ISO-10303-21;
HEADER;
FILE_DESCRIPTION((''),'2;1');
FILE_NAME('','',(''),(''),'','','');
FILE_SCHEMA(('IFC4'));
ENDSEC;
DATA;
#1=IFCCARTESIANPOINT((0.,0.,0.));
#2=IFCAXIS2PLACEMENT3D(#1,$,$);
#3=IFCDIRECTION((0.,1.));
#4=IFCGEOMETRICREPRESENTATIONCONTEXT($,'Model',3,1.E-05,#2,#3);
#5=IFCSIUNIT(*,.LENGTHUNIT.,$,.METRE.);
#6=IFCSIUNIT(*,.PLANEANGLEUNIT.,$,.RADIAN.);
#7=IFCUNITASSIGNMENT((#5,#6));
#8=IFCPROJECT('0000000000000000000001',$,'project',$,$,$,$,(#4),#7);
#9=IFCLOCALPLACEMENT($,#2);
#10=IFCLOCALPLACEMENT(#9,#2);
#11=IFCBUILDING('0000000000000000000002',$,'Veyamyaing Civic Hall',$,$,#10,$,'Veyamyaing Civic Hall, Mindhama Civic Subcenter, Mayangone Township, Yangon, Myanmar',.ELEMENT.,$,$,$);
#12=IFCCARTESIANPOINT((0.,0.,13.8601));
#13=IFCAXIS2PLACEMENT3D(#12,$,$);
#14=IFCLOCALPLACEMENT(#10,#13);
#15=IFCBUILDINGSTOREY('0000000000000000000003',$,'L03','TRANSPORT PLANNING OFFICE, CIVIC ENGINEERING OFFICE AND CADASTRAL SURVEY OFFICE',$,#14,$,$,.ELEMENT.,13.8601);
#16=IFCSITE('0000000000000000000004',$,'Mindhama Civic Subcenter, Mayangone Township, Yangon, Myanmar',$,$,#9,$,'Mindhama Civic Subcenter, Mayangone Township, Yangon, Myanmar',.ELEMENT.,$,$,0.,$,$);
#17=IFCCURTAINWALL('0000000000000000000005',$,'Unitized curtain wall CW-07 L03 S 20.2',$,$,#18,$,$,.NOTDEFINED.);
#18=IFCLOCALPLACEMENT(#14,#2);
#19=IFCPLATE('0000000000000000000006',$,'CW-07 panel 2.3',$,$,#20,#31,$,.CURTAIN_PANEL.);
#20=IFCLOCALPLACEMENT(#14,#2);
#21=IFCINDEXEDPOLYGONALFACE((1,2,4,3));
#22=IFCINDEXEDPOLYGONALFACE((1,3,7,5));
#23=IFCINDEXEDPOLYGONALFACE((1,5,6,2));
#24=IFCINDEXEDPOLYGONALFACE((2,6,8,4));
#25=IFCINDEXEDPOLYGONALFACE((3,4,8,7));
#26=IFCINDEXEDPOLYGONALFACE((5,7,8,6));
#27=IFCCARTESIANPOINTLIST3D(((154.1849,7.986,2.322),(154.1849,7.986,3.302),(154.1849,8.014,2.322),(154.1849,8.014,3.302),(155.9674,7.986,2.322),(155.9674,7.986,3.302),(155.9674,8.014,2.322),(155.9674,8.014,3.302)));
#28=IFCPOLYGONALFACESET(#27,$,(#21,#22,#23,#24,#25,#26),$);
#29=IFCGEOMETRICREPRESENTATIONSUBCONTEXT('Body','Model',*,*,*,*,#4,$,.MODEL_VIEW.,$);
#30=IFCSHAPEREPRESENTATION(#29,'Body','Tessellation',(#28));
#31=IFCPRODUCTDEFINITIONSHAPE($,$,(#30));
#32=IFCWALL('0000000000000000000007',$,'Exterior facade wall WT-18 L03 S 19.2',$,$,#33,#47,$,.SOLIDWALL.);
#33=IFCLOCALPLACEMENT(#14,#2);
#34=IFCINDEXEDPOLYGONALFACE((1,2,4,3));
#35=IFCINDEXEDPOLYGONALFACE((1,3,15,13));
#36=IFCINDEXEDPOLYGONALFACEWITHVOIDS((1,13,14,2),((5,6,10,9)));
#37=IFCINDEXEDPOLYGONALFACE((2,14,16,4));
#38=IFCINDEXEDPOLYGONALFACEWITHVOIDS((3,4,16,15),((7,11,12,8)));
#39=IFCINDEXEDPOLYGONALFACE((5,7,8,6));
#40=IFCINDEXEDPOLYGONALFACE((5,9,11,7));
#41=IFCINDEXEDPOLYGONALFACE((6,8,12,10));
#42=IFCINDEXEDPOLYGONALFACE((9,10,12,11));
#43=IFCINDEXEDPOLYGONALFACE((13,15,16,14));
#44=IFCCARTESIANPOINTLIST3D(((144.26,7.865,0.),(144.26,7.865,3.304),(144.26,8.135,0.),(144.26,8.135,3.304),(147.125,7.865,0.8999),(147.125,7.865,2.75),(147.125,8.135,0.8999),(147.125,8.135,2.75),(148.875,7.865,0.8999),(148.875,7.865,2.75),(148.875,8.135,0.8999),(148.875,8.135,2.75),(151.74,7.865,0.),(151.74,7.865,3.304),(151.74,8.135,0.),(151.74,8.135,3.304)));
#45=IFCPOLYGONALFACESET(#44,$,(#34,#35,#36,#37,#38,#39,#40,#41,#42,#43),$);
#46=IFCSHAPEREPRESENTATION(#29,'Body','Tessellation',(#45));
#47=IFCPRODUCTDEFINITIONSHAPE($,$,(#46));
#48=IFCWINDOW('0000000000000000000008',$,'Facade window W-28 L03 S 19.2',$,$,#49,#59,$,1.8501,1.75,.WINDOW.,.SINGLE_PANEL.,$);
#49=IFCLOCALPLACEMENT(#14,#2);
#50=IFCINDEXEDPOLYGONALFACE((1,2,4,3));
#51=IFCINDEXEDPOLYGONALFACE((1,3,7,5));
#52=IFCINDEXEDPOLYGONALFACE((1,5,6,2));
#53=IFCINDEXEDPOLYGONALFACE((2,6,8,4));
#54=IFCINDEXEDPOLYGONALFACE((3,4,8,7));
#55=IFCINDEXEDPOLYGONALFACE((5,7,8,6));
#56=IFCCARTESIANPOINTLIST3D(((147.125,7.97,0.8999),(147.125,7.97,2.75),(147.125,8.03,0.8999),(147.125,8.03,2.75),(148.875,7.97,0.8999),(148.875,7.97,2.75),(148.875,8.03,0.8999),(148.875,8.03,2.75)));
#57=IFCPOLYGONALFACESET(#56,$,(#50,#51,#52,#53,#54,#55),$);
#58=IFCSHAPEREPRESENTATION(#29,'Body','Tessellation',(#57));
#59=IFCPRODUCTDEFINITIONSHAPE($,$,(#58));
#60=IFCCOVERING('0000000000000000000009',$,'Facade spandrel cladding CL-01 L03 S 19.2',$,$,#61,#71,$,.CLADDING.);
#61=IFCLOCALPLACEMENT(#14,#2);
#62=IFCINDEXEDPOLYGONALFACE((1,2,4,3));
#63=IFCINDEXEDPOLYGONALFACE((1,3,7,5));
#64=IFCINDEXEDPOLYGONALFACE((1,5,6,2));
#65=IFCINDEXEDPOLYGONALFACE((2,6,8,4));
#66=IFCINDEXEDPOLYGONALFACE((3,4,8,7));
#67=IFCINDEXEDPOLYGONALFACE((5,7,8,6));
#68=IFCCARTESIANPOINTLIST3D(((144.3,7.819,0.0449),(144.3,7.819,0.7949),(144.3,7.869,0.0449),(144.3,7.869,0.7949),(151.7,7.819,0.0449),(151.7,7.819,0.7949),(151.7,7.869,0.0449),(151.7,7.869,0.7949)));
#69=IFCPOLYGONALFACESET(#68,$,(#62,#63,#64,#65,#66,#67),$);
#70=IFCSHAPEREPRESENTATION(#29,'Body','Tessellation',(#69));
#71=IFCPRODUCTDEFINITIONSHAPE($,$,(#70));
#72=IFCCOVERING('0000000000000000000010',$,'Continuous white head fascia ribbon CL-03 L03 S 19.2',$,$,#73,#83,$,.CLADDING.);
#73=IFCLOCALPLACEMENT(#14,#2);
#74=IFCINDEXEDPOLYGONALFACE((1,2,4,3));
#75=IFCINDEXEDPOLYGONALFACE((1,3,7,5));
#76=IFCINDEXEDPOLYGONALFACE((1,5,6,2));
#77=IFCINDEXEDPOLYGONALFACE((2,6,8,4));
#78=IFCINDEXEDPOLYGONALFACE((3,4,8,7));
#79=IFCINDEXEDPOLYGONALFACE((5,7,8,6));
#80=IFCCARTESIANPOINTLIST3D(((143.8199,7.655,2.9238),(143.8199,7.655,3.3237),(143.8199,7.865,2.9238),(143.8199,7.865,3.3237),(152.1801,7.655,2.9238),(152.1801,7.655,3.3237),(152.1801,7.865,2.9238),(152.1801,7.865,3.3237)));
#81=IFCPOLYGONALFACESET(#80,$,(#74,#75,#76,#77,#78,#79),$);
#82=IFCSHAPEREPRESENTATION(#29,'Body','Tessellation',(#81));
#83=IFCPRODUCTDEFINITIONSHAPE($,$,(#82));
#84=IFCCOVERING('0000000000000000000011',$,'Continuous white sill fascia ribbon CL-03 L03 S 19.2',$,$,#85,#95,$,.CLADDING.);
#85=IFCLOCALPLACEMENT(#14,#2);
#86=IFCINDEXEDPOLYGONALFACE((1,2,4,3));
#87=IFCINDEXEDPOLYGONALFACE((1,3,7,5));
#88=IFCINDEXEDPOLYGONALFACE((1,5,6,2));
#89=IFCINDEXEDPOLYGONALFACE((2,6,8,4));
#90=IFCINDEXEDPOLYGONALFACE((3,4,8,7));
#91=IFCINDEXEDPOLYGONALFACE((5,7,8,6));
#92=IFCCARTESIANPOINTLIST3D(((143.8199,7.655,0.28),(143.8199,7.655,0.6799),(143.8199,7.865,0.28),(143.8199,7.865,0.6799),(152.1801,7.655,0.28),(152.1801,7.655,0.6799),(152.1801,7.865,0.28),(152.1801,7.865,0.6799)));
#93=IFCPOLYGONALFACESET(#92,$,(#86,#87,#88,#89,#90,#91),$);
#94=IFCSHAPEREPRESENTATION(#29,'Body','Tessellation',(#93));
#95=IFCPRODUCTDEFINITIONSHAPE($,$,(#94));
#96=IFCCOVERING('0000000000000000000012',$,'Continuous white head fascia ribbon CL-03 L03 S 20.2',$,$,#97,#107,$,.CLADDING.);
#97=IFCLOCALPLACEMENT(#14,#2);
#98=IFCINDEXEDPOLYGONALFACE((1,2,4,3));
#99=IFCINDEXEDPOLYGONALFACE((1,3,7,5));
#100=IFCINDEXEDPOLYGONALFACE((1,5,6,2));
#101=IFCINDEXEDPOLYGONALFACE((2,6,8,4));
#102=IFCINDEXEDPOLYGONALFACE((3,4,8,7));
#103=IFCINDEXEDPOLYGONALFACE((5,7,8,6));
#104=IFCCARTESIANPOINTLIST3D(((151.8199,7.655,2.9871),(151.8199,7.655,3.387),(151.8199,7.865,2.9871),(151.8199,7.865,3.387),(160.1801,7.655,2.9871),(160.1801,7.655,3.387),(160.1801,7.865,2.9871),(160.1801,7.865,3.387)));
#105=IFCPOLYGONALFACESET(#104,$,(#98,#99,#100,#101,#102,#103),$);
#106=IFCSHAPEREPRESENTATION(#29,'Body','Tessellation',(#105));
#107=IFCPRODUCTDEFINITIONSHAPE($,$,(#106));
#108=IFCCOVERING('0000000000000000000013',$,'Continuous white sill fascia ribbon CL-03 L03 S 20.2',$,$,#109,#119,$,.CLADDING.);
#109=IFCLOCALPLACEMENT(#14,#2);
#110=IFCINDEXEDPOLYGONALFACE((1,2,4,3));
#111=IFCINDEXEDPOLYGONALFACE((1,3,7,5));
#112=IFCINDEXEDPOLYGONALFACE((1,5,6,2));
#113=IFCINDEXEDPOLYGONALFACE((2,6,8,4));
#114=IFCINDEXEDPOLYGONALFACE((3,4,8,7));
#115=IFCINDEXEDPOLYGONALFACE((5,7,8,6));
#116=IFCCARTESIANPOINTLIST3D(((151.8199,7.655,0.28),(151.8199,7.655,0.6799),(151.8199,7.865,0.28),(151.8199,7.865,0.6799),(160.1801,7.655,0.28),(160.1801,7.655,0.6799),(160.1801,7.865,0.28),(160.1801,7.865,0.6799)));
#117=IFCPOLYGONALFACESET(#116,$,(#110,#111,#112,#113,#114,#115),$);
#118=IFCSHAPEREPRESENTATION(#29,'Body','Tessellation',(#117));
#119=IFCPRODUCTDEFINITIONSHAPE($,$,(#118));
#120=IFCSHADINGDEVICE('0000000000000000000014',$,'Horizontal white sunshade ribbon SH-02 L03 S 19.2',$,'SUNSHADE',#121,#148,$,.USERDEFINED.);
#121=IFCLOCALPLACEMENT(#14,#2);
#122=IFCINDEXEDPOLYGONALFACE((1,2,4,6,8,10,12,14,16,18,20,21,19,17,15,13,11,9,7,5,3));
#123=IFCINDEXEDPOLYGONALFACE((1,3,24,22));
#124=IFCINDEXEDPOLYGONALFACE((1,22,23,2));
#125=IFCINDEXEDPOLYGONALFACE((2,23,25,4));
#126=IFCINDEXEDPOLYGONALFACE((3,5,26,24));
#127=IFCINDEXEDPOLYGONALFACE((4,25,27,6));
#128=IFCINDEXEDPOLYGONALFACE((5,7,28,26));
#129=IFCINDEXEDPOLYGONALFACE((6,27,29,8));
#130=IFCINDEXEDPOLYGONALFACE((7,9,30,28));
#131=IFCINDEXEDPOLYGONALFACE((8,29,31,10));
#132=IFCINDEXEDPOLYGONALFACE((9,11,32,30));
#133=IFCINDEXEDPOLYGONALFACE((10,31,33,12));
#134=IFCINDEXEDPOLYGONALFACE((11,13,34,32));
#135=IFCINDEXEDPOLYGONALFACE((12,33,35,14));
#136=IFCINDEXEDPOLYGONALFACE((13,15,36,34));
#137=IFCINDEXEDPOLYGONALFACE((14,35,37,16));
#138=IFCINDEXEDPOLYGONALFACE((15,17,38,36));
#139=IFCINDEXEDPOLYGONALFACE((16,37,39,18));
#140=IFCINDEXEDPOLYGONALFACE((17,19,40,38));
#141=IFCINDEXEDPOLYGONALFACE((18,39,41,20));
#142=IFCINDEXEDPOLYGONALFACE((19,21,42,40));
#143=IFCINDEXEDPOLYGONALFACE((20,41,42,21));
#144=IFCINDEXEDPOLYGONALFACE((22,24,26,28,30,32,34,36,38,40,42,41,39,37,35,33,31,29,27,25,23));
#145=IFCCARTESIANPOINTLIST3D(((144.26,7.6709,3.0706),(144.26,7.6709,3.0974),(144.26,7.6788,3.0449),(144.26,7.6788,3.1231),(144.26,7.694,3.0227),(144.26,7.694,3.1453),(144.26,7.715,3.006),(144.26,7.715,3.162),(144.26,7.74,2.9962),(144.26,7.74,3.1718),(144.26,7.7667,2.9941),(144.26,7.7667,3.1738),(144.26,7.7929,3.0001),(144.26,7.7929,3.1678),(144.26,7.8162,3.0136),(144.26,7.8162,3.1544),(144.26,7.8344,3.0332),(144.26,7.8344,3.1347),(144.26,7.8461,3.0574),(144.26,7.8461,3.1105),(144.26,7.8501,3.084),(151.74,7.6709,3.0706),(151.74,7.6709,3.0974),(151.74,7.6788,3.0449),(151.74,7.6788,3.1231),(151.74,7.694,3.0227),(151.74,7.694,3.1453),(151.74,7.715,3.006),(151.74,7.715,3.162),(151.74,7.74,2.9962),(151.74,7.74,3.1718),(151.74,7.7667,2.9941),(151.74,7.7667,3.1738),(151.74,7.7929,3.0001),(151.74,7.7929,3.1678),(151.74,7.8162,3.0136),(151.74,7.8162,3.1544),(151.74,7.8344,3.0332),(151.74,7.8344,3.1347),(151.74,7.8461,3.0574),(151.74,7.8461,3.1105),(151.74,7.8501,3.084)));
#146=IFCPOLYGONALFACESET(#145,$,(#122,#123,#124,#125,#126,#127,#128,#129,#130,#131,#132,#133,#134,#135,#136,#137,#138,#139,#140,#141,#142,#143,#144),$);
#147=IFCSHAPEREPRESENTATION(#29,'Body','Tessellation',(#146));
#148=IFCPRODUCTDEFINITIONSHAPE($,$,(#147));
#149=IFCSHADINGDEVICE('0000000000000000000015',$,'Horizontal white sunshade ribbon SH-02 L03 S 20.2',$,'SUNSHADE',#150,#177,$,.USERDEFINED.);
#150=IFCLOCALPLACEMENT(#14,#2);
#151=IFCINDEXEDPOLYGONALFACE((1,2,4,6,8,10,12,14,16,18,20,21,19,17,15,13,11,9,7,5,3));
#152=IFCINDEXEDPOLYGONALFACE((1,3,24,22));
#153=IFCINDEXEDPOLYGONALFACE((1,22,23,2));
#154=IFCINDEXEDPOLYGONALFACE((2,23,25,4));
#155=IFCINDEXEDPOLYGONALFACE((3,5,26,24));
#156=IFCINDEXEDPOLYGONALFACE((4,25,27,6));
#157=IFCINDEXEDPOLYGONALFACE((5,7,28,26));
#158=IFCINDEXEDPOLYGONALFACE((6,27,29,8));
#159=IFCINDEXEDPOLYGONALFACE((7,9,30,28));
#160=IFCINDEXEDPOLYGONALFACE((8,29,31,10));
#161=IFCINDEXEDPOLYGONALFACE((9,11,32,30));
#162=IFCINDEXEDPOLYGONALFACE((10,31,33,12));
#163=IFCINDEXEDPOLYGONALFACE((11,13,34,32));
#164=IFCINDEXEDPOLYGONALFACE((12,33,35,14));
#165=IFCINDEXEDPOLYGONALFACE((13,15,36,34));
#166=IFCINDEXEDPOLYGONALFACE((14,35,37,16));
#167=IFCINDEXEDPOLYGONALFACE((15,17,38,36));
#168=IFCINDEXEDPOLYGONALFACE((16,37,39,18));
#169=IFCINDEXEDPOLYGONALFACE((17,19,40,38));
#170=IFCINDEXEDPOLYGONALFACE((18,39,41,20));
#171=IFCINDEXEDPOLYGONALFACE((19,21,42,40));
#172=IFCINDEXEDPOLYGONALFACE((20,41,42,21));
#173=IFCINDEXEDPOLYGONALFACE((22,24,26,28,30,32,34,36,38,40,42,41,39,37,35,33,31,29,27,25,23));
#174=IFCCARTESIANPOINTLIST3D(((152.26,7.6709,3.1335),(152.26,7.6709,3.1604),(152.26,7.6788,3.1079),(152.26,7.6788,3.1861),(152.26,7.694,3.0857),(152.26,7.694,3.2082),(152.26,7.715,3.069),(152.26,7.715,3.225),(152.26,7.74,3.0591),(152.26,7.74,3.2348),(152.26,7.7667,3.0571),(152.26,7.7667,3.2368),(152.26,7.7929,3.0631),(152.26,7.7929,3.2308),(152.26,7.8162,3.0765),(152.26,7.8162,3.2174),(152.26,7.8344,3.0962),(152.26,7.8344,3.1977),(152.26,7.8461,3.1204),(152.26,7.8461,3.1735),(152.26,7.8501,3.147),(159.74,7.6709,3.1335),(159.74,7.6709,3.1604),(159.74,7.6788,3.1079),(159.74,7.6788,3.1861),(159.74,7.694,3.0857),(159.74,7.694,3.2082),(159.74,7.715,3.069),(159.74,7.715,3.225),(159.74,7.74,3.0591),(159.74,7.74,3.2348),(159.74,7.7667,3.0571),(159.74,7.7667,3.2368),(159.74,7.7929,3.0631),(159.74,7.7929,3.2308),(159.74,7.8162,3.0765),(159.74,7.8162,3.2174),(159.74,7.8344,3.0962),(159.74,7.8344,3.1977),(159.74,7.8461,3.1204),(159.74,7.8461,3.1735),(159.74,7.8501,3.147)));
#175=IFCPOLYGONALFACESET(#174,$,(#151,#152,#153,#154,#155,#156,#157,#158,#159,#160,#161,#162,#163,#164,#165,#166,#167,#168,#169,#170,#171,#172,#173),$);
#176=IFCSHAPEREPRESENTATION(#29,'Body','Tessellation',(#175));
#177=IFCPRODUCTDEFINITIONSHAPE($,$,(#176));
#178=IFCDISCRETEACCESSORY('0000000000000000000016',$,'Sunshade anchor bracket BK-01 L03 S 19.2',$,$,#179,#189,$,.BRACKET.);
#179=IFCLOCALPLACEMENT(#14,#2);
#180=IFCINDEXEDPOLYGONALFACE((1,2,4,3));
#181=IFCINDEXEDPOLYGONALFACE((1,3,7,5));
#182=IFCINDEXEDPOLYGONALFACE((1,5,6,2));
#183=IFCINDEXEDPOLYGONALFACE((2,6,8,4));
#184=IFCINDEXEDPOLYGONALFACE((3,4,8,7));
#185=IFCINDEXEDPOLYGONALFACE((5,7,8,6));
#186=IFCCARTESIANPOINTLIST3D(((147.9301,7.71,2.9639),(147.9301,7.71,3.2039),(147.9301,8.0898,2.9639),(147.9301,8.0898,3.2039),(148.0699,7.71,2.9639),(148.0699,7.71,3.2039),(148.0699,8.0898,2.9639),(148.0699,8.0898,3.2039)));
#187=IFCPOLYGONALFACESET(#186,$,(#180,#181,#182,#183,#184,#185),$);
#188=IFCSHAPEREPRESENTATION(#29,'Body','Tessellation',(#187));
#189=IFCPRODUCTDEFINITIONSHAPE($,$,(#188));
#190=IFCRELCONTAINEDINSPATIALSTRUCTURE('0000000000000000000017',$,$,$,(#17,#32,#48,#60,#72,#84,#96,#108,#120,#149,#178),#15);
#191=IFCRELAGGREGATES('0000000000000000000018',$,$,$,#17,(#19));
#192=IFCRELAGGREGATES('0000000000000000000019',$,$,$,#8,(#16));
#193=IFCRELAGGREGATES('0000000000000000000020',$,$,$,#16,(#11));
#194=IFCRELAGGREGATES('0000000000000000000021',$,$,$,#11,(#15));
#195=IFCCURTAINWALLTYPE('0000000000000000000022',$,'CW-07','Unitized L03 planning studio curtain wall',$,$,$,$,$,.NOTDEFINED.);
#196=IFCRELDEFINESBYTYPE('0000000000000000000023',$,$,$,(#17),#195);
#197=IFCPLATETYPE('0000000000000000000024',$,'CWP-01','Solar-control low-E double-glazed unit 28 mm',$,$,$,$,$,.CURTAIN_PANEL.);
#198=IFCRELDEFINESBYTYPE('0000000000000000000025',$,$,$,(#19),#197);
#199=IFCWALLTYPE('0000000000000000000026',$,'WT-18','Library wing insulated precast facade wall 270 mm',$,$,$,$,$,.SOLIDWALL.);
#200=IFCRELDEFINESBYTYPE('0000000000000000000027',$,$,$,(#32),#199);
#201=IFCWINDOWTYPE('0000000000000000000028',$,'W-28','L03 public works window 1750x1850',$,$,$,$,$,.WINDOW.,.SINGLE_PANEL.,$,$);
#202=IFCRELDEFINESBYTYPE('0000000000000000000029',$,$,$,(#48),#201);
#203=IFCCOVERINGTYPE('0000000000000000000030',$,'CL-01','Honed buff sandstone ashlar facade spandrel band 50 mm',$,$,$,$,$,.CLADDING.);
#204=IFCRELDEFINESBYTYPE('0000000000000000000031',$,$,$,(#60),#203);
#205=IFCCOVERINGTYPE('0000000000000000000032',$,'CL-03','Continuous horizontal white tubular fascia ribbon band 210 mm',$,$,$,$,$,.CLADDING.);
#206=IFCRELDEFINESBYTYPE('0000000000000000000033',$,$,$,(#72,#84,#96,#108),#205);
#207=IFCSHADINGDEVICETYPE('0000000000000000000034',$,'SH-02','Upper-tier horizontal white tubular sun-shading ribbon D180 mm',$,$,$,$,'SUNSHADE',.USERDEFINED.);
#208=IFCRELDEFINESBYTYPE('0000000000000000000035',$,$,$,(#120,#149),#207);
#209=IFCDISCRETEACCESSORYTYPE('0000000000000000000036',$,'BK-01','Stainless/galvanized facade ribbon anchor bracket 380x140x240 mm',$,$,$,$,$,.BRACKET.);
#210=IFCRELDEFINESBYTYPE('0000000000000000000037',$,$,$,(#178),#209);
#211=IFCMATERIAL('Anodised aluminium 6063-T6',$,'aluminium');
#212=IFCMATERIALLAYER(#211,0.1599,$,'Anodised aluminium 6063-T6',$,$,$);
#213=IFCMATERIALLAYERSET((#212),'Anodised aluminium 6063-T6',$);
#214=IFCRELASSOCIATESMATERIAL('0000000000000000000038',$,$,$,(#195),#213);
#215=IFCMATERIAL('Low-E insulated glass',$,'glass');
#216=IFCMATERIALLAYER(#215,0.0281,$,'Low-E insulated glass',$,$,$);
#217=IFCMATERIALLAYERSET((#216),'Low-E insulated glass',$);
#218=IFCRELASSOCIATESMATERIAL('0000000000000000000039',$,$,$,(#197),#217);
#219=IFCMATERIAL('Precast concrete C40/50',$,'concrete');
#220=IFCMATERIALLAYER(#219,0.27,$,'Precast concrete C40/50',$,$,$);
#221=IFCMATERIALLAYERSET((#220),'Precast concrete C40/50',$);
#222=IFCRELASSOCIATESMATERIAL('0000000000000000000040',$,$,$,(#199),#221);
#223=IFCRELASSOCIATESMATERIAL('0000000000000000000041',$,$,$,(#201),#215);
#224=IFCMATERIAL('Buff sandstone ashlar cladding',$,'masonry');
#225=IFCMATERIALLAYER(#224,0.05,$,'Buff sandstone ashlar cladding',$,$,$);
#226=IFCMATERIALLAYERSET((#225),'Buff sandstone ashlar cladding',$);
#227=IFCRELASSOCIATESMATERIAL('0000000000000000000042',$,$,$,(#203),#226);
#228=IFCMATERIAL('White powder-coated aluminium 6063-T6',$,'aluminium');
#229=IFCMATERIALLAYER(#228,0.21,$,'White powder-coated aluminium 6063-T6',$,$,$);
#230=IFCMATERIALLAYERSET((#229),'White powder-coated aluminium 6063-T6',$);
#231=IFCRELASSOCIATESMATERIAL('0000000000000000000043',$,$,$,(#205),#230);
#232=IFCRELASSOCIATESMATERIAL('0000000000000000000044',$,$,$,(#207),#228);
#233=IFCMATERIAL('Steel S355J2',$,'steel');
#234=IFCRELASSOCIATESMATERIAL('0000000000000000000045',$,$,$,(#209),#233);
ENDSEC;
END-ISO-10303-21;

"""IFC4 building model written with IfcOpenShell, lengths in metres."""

from ifc_helpers import new_model, si_unit, direction, frame, frame_2d, origin, origin_2d, place, context, subcontext, project, spatial, rectangle, circle, extrude, material, layer, layer_set, material_profile, profile_set, type_object, element, fill, aggregate, save


model = new_model("IFC4")

# Units and contexts
model_context = context("Model", 3, precision=1e-05, world=origin(), true_north=direction((0.0, 1.0)))
body_context = subcontext(model_context, "Body", "Model", "MODEL_VIEW")
ifc_project = project(units=[si_unit("LENGTHUNIT", "METRE"), si_unit("PLANEANGLEUNIT", "RADIAN")], contexts=[model_context])

# Site, building, storey
site_placement = place(None, origin())
site = spatial("IfcSite", under=ifc_project, at=site_placement, Name="Mindhama Civic Subcenter, Mayangone Township, Yangon, Myanmar", LongName="Mindhama Civic Subcenter, Mayangone Township, Yangon, Myanmar", CompositionType="ELEMENT", RefElevation=0.0)
building_placement = place(site_placement, origin())
building = spatial("IfcBuilding", under=site, at=building_placement, Name="Veyamyaing Civic Hall", LongName="Veyamyaing Civic Hall, Mindhama Civic Subcenter, Mayangone Township, Yangon, Myanmar", CompositionType="ELEMENT")
storey_placement = place(building_placement, frame((0.0, 0.0, 13.8601)))
storey = spatial("IfcBuildingStorey", under=building, at=storey_placement, Name="L03", Description="TRANSPORT PLANNING OFFICE, CIVIC ENGINEERING OFFICE AND CADASTRAL SURVEY OFFICE", CompositionType="ELEMENT", Elevation=13.8601)

# Curtain wall, plate
ifc_material_1 = material(Name="Anodised aluminium 6063-T6", Category="aluminium")
ifc_layer_1 = layer(ifc_material_1, 0.1599, Name="Anodised aluminium 6063-T6")
ifc_layer_set_1 = layer_set([ifc_layer_1], Name="Anodised aluminium 6063-T6")
curtain_wall_type = type_object("IfcCurtainWallType", Name="CW-07", Description="Unitized L03 planning studio curtain wall", PredefinedType="NOTDEFINED", material=ifc_layer_set_1)
curtain_wall_placement = place(storey_placement, origin())
curtain_wall = element("IfcCurtainWall", 1, at=curtain_wall_placement, inside=storey, type_object=curtain_wall_type, Name="Unitized curtain wall CW-07 L03 S 20.2", PredefinedType="NOTDEFINED")
ifc_material_2 = material(Name="Low-E insulated glass", Category="glass")
ifc_layer_2 = layer(ifc_material_2, 0.0281, Name="Low-E insulated glass")
ifc_layer_set_2 = layer_set([ifc_layer_2], Name="Low-E insulated glass")
plate_type = type_object("IfcPlateType", Name="CWP-01", Description="Solar-control low-E double-glazed unit 28 mm", PredefinedType="CURTAIN_PANEL", material=ifc_layer_set_2)
plate_1_placement = place(storey_placement, frame((155.0762, 8.0, 2.322), z_axis=(0.0, 0.0, 1.0), x_axis=(1.0, 0.0, 0.0)))
plate_1 = element("IfcPlate", 2, at=plate_1_placement, type_object=plate_type, Name="CW-07 panel 2.3", PredefinedType="CURTAIN_PANEL", context=body_context, shape_type="SweptSolid", body=[
    extrude(rectangle(XDim=1.7825, YDim=0.0281, at=origin_2d()), origin(), (0.0, 0.0, 1.0), 0.98),
])
aggregate(curtain_wall, [plate_1])

# Wall, opening, window
ifc_material_3 = material(Name="Precast concrete C40/50", Category="concrete")
ifc_layer_3 = layer(ifc_material_3, 0.27, Name="Precast concrete C40/50")
ifc_layer_set_3 = layer_set([ifc_layer_3], Name="Precast concrete C40/50")
wall_type = type_object("IfcWallType", Name="WT-18", Description="Library wing insulated precast facade wall 270 mm", PredefinedType="SOLIDWALL", material=ifc_layer_set_3)
wall_placement = place(storey_placement, frame((144.26, 8.0, 0.0), z_axis=(0.0, 0.0, 1.0), x_axis=(1.0, 0.0, 0.0)))
wall = element("IfcWall", 3, at=wall_placement, inside=storey, type_object=wall_type, Name="Exterior facade wall WT-18 L03 S 19.2", PredefinedType="SOLIDWALL", context=body_context, shape_type="SweptSolid", body=[
    extrude(rectangle(XDim=7.48, YDim=0.27, at=frame_2d((3.74, 0.0))), origin(), (0.0, 0.0, 1.0), 3.304),
])
opening_placement = place(wall_placement, frame((2.865, 0.0, 0.8999)))
opening = element("IfcOpeningElement", 4, at=opening_placement, cuts=wall, PredefinedType="OPENING", context=body_context, shape_type="SweptSolid", body=[
    extrude(rectangle(XDim=1.75, YDim=1.8501, at=frame_2d((0.875, 0.925))), frame((0.0, 0.145, 0.0), z_axis=(0.0, -1.0, 0.0), x_axis=(1.0, 0.0, 0.0)), (0.0, 0.0, 1.0), 0.29),
])
window_type = type_object("IfcWindowType", Name="W-28", Description="L03 public works window 1750x1850", PartitioningType="SINGLE_PANEL", PredefinedType="WINDOW", material=ifc_material_2)
window_placement = place(opening_placement, origin())
window = element("IfcWindow", 5, at=window_placement, inside=storey, type_object=window_type, Name="Facade window W-28 L03 S 19.2", OverallHeight=1.8501, OverallWidth=1.75, PartitioningType="SINGLE_PANEL", PredefinedType="WINDOW", context=body_context, shape_type="SweptSolid", body=[
    extrude(rectangle(XDim=1.75, YDim=1.8501, at=frame_2d((0.875, 0.925))), frame((0.0, 0.03, 0.0), z_axis=(0.0, -1.0, 0.0), x_axis=(1.0, 0.0, 0.0)), (0.0, 0.0, 1.0), 0.0601),
])
fill(opening, window)

# Coverings
ifc_material_4 = material(Name="Buff sandstone ashlar cladding", Category="masonry")
ifc_layer_4 = layer(ifc_material_4, 0.05, Name="Buff sandstone ashlar cladding")
ifc_layer_set_4 = layer_set([ifc_layer_4], Name="Buff sandstone ashlar cladding")
covering_type_1 = type_object("IfcCoveringType", Name="CL-01", Description="Honed buff sandstone ashlar facade spandrel band 50 mm", PredefinedType="CLADDING", material=ifc_layer_set_4)
covering_placement = place(storey_placement, frame((148.0, 7.844, 0.0449), z_axis=(0.0, 0.0, 1.0), x_axis=(1.0, 0.0, 0.0)))
element("IfcCovering", 6, at=covering_placement, inside=storey, type_object=covering_type_1, Name="Facade spandrel cladding CL-01 L03 S 19.2", PredefinedType="CLADDING", context=body_context, shape_type="SweptSolid", body=[
    extrude(rectangle(XDim=7.3999, YDim=0.05, at=origin_2d()), origin(), (0.0, 0.0, 1.0), 0.75),
])
ifc_material_5 = material(Name="White powder-coated aluminium 6063-T6", Category="aluminium")
ifc_layer_5 = layer(ifc_material_5, 0.21, Name="White powder-coated aluminium 6063-T6")
ifc_layer_set_5 = layer_set([ifc_layer_5], Name="White powder-coated aluminium 6063-T6")
covering_type_2 = type_object("IfcCoveringType", Name="CL-03", Description="Continuous horizontal white tubular fascia ribbon band 210 mm", PredefinedType="CLADDING", material=ifc_layer_set_5)
for number, where, z_axis, x_axis, name in (
    (7, (148.0, 7.76, 2.9238), (0.0, 0.0, 1.0), (1.0, 0.0, 0.0), "Continuous white head fascia ribbon CL-03 L03 S 19.2"),
    (8, (148.0, 7.76, 0.28), (0.0, 0.0, 1.0), (1.0, 0.0, 0.0), "Continuous white sill fascia ribbon CL-03 L03 S 19.2"),
    (9, (156.0, 7.76, 2.9871), (0.0, 0.0, 1.0), (1.0, 0.0, 0.0), "Continuous white head fascia ribbon CL-03 L03 S 20.2"),
    (10, (156.0, 7.76, 0.28), (0.0, 0.0, 1.0), (1.0, 0.0, 0.0), "Continuous white sill fascia ribbon CL-03 L03 S 20.2"),
):
    element("IfcCovering", number, at=place(storey_placement, frame(where, z_axis=z_axis, x_axis=x_axis)), inside=storey, type_object=covering_type_2, Name=name, PredefinedType="CLADDING", context=body_context, shape_type="SweptSolid", body=[
        extrude(rectangle(XDim=8.3601, YDim=0.21, at=origin_2d()), origin(), (0.0, 0.0, 1.0), 0.3999),
    ])

# Shading devices
ifc_material_profile_1 = material_profile(ifc_material_5, circle(Radius=0.0901, at=origin_2d()), Name="SHADE-TUBE-180")
ifc_profile_set_1 = profile_set([ifc_material_profile_1], Name="White powder-coated aluminium 6063-T6")
shading_device_type = type_object("IfcShadingDeviceType", Name="SH-02", Description="Upper-tier horizontal white tubular sun-shading ribbon D180 mm", ElementType="SUNSHADE", PredefinedType="USERDEFINED", material=ifc_profile_set_1)
for number, where, z_axis, x_axis, name in (
    (11, (144.26, 7.76, 3.084), (1.0, 0.0, 0.0), (0.0, 1.0, 0.0), "Horizontal white sunshade ribbon SH-02 L03 S 19.2"),
    (12, (152.26, 7.76, 3.147), (1.0, 0.0, 0.0), (0.0, 1.0, 0.0), "Horizontal white sunshade ribbon SH-02 L03 S 20.2"),
):
    element("IfcShadingDevice", number, at=place(storey_placement, frame(where, z_axis=z_axis, x_axis=x_axis)), inside=storey, type_object=shading_device_type, Name=name, ObjectType="SUNSHADE", PredefinedType="USERDEFINED", context=body_context, shape_type="SweptSolid", body=[
        extrude(circle(Radius=0.0901, at=origin_2d()), origin(), (0.0, 0.0, 1.0), 7.48),
    ])

# Discrete accessory
ifc_material_6 = material(Name="Steel S355J2", Category="steel")
discrete_accessory_type = type_object("IfcDiscreteAccessoryType", Name="BK-01", Description="Stainless/galvanized facade ribbon anchor bracket 380x140x240 mm", PredefinedType="BRACKET", material=ifc_material_6)
for number, where, z_axis, x_axis, name in (
    (13, (148.0, 7.8999, 2.9639), (0.0, 0.0, 1.0), (0.0, -1.0, 0.0), "Sunshade anchor bracket BK-01 L03 S 19.2"),
):
    element("IfcDiscreteAccessory", number, at=place(storey_placement, frame(where, z_axis=z_axis, x_axis=x_axis)), inside=storey, type_object=discrete_accessory_type, Name=name, PredefinedType="BRACKET", context=body_context, shape_type="SweptSolid", body=[
        extrude(rectangle(XDim=0.3799, YDim=0.1399, at=origin_2d()), origin(), (0.0, 0.0, 1.0), 0.24),
    ])

save(model, "model.ifc")
